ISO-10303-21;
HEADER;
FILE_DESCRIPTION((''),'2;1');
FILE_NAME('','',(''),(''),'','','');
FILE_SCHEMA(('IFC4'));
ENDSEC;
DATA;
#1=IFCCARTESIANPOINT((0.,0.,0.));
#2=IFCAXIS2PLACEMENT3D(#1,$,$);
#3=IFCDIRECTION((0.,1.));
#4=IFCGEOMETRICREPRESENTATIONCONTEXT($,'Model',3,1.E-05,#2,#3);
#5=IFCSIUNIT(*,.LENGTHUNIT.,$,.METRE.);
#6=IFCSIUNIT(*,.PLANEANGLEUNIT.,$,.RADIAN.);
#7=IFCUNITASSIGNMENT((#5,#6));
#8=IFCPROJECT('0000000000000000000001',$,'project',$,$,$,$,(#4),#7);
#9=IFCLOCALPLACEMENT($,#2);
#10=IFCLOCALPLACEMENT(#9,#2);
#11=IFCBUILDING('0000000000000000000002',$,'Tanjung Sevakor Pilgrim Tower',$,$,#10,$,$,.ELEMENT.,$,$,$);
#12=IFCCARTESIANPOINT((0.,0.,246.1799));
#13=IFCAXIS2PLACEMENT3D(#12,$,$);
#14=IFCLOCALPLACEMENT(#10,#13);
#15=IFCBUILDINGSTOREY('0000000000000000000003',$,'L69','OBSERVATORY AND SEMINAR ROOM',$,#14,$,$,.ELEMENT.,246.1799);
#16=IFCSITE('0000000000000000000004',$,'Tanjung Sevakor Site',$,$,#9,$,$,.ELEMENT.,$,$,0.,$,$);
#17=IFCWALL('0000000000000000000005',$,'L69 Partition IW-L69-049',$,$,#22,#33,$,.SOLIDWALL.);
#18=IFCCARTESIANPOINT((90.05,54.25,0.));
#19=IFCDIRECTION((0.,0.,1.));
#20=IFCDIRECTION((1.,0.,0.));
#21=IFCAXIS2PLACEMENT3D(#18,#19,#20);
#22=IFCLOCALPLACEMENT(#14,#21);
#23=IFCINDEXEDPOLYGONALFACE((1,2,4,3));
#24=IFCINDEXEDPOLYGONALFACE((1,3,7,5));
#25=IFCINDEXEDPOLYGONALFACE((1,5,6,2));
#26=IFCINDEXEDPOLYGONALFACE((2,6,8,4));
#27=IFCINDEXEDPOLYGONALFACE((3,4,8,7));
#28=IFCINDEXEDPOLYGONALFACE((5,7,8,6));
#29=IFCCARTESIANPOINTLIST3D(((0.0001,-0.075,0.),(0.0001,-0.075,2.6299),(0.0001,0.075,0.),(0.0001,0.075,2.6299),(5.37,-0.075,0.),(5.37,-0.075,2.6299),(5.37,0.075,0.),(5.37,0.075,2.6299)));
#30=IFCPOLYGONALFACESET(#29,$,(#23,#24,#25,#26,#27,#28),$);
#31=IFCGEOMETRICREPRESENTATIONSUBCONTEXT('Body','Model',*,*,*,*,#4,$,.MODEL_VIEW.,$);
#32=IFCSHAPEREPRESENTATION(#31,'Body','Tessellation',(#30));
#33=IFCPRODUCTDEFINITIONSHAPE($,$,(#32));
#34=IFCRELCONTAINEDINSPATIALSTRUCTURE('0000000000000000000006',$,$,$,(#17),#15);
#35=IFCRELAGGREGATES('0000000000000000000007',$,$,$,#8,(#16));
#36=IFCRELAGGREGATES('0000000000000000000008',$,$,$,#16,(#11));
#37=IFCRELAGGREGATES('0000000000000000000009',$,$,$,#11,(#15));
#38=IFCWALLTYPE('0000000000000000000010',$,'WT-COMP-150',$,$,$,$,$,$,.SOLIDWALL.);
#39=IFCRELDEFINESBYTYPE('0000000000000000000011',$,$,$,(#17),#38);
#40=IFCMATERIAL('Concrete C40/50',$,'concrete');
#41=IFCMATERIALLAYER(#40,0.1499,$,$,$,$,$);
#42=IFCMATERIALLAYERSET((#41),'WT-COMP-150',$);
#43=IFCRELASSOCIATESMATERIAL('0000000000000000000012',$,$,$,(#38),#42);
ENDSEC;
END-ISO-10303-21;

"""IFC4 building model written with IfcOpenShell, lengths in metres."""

from ifc_helpers import new_model, si_unit, direction, frame, frame_2d, origin, place, context, subcontext, project, spatial, rectangle, extrude, material, layer, layer_set, type_object, element, save


model = new_model("IFC4")

# Units and contexts
model_context = context("Model", 3, precision=1e-05, world=origin(), true_north=direction((0.0, 1.0)))
body_context = subcontext(model_context, "Body", "Model", "MODEL_VIEW")
ifc_project = project(units=[si_unit("LENGTHUNIT", "METRE"), si_unit("PLANEANGLEUNIT", "RADIAN")], contexts=[model_context])

# Site, building, storey
site_placement = place(None, origin())
site = spatial("IfcSite", under=ifc_project, at=site_placement, Name="Tanjung Sevakor Site", CompositionType="ELEMENT", RefElevation=0.0)
building_placement = place(site_placement, origin())
building = spatial("IfcBuilding", under=site, at=building_placement, Name="Tanjung Sevakor Pilgrim Tower", CompositionType="ELEMENT")
storey_placement = place(building_placement, frame((0.0, 0.0, 246.1799)))
storey = spatial("IfcBuildingStorey", under=building, at=storey_placement, Name="L69", Description="OBSERVATORY AND SEMINAR ROOM", CompositionType="ELEMENT", Elevation=246.1799)

# Shared definitions
ifc_material_1 = material(Name="Concrete C40/50", Category="concrete")
ifc_layer_1 = layer(ifc_material_1, 0.1499)
ifc_layer_set_1 = layer_set([ifc_layer_1], Name="WT-COMP-150")
wall_type_1 = type_object("IfcWallType", Name="WT-COMP-150", PredefinedType="SOLIDWALL", material=ifc_layer_set_1)

# Wall
wall_1_placement = place(storey_placement, frame((90.05, 54.25, 0.0), z_axis=(0.0, 0.0, 1.0), x_axis=(1.0, 0.0, 0.0)))
element("IfcWall", 1, at=wall_1_placement, inside=storey, type_object=wall_type_1, Name="L69 Partition IW-L69-049", PredefinedType="SOLIDWALL", context=body_context, shape_type="SweptSolid", body=[
    extrude(rectangle(XDim=5.3699, YDim=0.1499, at=frame_2d((2.6851, 0.0))), origin(), (0.0, 0.0, 1.0), 2.6299),
])

save(model, "model.ifc")
